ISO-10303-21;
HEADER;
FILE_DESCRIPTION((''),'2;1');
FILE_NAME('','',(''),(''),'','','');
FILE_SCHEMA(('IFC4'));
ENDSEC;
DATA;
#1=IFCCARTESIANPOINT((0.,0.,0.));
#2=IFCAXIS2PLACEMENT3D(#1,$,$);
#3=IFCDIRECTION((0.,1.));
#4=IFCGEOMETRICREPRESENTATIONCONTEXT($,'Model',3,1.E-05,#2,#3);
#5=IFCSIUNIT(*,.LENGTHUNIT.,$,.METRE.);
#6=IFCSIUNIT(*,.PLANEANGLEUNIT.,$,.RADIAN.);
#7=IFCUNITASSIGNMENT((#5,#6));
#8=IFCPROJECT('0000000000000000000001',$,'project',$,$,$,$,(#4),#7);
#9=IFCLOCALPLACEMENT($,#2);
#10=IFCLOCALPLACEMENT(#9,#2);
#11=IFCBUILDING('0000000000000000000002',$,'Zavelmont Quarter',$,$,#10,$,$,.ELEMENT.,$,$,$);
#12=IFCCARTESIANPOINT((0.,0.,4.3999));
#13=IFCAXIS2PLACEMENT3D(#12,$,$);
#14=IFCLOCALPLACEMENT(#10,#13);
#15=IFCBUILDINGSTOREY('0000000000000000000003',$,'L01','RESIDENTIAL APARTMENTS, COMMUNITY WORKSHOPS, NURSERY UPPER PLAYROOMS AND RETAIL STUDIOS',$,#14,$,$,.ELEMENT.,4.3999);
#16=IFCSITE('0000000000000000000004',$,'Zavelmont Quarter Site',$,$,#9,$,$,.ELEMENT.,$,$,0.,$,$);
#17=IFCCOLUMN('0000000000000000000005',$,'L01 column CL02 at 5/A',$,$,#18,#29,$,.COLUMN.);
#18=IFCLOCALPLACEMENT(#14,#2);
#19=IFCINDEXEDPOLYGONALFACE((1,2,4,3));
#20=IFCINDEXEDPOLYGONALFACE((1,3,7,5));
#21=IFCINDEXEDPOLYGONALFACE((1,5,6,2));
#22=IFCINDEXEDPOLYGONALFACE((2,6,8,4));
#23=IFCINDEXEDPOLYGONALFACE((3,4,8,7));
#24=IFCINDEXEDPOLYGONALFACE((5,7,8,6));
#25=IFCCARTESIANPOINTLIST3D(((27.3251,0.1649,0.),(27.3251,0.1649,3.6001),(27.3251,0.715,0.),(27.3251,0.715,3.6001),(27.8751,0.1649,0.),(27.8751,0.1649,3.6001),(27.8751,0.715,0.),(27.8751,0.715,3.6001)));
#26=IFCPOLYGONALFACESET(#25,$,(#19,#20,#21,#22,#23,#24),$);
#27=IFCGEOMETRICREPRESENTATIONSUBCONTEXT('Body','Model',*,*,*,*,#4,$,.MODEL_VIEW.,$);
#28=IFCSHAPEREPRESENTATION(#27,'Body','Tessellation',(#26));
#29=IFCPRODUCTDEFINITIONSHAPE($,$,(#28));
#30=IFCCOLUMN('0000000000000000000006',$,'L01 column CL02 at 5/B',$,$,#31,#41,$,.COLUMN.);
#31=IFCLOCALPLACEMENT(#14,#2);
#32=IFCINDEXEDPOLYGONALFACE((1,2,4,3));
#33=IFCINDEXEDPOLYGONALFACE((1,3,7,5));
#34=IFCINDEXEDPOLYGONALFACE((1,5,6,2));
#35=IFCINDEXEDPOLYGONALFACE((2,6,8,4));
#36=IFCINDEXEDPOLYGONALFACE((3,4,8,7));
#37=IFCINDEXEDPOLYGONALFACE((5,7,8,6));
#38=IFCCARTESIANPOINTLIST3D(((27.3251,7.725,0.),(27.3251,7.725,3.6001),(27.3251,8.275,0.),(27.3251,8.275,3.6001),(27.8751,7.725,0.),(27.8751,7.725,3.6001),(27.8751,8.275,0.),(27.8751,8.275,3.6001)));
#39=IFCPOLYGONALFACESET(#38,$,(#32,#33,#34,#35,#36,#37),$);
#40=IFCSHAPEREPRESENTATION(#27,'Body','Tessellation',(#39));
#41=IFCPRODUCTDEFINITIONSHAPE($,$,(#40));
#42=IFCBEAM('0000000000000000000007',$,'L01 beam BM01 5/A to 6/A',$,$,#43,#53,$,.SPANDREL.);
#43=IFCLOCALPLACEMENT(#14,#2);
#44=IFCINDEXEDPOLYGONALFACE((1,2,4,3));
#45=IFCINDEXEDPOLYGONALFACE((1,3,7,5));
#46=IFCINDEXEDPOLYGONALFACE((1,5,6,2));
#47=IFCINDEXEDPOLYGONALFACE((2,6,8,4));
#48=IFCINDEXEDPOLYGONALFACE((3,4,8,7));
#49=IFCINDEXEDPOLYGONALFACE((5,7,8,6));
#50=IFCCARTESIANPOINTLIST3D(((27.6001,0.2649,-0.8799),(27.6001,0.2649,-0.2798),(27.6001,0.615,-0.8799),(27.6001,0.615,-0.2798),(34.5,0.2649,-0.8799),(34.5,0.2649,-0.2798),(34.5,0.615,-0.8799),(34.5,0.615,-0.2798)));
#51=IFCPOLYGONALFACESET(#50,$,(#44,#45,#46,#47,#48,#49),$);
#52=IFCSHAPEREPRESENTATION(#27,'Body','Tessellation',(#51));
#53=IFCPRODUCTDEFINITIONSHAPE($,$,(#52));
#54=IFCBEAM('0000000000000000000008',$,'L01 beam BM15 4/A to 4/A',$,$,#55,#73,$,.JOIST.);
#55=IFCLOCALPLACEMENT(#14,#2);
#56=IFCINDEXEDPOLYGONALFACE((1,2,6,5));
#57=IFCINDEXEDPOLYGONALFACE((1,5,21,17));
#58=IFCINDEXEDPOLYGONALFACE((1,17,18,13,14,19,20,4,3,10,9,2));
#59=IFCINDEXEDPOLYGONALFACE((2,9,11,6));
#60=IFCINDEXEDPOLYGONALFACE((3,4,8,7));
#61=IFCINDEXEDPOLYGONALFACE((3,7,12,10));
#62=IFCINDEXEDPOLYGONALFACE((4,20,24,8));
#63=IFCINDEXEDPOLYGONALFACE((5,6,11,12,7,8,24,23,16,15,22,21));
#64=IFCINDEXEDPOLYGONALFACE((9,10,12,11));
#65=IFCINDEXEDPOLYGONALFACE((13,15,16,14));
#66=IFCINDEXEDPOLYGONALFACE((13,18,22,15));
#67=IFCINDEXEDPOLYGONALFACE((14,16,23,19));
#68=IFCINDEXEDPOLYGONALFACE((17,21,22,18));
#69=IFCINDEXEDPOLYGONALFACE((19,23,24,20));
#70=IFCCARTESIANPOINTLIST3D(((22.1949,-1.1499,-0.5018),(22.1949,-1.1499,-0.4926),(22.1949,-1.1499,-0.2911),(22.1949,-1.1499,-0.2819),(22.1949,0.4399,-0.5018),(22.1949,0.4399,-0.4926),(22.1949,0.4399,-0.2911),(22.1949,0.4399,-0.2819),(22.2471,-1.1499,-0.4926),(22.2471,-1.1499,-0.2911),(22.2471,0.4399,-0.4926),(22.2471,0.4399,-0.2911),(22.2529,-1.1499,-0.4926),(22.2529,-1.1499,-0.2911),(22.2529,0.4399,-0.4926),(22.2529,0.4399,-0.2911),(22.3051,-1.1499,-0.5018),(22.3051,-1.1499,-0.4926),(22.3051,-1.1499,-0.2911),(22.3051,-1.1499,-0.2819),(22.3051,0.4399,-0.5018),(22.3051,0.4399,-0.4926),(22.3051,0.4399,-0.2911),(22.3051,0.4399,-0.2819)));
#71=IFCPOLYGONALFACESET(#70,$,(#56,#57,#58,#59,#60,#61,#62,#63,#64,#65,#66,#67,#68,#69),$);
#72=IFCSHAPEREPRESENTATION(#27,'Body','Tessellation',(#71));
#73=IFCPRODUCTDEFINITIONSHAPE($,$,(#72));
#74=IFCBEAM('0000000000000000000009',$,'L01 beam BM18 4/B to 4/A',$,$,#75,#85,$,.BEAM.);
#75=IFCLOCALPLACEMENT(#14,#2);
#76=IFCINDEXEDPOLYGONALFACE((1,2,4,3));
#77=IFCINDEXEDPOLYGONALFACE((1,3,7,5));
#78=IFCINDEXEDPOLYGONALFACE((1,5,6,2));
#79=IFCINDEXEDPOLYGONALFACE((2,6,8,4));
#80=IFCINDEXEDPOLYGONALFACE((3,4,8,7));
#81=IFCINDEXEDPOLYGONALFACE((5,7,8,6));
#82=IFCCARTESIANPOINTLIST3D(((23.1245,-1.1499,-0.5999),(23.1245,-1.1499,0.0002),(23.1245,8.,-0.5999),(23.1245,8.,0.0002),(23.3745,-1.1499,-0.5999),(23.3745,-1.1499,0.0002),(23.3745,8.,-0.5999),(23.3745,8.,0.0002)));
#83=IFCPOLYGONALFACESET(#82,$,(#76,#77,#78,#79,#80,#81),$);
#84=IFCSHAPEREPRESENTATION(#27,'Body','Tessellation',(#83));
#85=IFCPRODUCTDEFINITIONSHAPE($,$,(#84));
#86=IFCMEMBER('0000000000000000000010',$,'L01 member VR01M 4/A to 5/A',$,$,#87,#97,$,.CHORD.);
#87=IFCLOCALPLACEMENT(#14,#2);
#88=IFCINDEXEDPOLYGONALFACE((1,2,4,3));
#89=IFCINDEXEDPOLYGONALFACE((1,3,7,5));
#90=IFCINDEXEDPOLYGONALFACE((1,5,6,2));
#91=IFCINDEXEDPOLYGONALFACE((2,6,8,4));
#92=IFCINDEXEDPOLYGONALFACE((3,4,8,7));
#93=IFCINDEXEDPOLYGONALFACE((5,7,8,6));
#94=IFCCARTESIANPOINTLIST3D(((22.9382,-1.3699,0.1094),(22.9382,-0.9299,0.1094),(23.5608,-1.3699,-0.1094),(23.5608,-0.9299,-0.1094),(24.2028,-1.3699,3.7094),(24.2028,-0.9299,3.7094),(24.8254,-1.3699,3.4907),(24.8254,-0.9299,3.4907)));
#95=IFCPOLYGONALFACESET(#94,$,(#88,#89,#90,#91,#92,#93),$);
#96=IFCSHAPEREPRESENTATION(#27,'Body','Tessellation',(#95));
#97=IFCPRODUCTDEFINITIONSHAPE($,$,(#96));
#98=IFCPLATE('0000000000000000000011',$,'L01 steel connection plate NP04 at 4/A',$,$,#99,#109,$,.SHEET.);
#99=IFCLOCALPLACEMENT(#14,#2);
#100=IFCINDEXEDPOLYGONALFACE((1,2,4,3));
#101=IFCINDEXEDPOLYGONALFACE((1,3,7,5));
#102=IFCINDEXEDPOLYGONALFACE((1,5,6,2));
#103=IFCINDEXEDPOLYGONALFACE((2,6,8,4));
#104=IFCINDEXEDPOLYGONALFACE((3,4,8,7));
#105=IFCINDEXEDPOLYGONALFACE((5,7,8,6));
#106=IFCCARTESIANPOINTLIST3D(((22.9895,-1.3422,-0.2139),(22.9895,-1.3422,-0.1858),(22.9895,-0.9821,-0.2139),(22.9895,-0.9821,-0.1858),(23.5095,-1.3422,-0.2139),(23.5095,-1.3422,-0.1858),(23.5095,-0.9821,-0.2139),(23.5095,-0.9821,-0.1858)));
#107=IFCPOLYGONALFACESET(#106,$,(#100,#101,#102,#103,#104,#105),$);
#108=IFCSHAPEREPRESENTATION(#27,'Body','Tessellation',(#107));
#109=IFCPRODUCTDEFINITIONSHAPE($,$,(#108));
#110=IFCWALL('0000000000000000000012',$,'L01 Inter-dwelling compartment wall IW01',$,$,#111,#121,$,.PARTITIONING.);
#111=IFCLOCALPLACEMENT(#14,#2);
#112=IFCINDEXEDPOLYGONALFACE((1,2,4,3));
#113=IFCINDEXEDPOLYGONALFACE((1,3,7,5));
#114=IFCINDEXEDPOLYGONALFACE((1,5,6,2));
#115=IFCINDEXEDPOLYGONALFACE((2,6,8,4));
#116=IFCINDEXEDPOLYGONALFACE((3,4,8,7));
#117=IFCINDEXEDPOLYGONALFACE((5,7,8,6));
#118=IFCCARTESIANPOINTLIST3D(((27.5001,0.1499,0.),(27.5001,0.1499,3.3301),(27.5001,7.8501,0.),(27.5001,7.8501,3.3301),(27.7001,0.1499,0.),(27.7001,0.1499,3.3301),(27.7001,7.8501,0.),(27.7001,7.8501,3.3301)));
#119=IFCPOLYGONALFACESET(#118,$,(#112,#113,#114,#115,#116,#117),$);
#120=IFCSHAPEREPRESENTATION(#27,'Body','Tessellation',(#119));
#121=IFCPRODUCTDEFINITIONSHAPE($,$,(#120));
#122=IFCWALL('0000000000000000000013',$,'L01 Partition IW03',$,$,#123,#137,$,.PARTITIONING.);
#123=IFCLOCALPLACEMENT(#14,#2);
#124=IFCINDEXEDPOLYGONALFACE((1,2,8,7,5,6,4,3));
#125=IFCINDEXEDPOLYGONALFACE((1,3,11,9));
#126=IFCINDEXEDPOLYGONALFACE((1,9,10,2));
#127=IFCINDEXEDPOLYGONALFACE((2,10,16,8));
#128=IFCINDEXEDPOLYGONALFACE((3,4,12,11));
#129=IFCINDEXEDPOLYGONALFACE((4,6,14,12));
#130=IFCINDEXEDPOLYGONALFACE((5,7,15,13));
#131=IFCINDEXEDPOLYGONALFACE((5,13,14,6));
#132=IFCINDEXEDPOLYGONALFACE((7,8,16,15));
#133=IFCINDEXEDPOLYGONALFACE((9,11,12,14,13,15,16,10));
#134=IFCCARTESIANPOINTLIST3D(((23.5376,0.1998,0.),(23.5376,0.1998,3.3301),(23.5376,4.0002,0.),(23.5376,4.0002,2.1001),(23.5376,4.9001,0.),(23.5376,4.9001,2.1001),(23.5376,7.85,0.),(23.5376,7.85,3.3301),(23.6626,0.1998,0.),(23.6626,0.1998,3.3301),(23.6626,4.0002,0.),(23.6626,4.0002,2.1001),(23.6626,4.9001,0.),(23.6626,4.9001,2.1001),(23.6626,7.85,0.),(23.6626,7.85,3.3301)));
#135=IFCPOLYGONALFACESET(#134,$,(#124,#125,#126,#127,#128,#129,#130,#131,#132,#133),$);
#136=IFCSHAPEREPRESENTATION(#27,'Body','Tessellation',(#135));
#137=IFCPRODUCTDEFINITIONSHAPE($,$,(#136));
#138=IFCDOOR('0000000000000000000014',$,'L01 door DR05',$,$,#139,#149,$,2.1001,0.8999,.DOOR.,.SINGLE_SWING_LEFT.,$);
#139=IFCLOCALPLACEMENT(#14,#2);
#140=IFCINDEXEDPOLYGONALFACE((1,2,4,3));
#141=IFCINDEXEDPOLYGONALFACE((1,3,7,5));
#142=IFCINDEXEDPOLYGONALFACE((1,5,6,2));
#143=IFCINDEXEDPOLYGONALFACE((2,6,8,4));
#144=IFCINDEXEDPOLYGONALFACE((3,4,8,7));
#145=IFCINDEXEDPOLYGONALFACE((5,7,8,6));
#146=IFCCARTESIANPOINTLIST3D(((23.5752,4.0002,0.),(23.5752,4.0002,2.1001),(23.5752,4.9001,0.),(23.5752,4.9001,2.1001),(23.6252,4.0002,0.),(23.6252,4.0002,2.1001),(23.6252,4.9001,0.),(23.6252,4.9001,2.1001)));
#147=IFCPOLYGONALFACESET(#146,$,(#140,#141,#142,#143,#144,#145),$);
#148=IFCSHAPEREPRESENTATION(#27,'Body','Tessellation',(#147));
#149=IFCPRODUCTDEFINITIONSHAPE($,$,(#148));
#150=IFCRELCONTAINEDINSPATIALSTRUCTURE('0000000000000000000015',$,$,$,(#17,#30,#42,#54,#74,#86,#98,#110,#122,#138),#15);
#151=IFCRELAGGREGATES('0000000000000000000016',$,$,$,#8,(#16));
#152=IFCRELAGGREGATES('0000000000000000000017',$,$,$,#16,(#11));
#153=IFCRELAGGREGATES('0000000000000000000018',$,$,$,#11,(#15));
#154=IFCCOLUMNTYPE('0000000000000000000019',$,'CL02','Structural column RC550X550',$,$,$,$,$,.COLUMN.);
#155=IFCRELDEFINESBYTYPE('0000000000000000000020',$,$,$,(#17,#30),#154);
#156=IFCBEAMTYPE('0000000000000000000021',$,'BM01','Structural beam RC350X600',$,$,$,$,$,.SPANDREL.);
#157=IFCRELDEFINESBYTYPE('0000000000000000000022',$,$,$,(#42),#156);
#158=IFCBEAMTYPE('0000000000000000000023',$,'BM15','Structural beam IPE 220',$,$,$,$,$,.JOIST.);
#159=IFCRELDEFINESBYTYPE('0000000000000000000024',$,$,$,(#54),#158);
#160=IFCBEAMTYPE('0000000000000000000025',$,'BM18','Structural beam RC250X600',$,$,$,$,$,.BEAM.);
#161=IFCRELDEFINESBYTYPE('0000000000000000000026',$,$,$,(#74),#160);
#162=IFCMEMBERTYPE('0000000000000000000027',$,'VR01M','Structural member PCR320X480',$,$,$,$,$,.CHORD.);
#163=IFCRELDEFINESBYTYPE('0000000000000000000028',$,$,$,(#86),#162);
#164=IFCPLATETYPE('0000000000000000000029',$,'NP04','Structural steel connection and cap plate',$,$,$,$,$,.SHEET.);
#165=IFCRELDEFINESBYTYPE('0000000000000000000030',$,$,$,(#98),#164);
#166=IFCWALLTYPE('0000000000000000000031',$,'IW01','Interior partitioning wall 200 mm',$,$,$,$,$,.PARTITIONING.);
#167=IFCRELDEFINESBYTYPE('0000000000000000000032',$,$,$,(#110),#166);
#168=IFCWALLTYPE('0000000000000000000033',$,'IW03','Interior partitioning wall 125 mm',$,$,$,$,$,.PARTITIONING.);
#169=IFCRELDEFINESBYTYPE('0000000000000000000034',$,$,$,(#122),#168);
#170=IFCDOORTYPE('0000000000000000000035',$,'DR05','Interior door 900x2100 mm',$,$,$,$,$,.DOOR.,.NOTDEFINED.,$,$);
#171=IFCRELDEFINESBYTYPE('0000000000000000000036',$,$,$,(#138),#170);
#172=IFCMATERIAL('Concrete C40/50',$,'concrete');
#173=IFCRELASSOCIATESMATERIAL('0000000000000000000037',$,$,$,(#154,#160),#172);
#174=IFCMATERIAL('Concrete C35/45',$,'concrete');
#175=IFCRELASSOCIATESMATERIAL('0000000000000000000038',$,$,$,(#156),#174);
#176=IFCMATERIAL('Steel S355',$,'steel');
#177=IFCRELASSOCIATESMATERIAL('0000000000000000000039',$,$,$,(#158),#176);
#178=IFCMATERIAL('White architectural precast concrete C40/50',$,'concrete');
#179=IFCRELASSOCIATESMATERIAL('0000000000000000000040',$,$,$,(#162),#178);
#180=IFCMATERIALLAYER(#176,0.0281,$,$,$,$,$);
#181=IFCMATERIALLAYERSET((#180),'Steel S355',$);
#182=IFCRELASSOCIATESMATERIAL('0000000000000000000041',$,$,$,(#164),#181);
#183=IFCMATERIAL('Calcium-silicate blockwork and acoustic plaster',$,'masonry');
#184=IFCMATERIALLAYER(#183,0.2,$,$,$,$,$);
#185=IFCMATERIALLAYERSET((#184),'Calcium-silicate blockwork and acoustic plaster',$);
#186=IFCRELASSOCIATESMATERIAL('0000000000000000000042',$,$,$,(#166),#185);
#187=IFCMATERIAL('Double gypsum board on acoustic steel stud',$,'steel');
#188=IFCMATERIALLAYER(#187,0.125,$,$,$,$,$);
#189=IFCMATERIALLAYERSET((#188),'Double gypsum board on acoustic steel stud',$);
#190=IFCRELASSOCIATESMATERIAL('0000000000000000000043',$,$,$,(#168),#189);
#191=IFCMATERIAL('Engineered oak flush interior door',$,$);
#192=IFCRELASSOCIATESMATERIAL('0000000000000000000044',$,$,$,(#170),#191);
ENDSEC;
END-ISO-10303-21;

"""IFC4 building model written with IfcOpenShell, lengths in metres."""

from ifc_helpers import new_model, si_unit, direction, frame, frame_2d, origin, origin_2d, place, context, subcontext, project, spatial, rectangle, i_section, extrude, material, layer, layer_set, material_profile, profile_set, type_object, element, fill, save


model = new_model("IFC4")

# Units and contexts
model_context = context("Model", 3, precision=1e-05, world=origin(), true_north=direction((0.0, 1.0)))
body_context = subcontext(model_context, "Body", "Model", "MODEL_VIEW")
ifc_project = project(units=[si_unit("LENGTHUNIT", "METRE"), si_unit("PLANEANGLEUNIT", "RADIAN")], contexts=[model_context])

# Site, building, storey
site_placement = place(None, origin())
site = spatial("IfcSite", under=ifc_project, at=site_placement, Name="Zavelmont Quarter Site", CompositionType="ELEMENT", RefElevation=0.0)
building_placement = place(site_placement, origin())
building = spatial("IfcBuilding", under=site, at=building_placement, Name="Zavelmont Quarter", CompositionType="ELEMENT")
storey_placement = place(building_placement, frame((0.0, 0.0, 4.3999)))
storey = spatial("IfcBuildingStorey", under=building, at=storey_placement, Name="L01", Description="RESIDENTIAL APARTMENTS, COMMUNITY WORKSHOPS, NURSERY UPPER PLAYROOMS AND RETAIL STUDIOS", CompositionType="ELEMENT", Elevation=4.3999)

# Columns
ifc_material_1 = material(Name="Concrete C40/50", Category="concrete")
ifc_material_profile_1 = material_profile(ifc_material_1, rectangle(XDim=0.55, YDim=0.55, at=origin_2d()), Name="RC550X550")
ifc_profile_set_1 = profile_set([ifc_material_profile_1], Name="Concrete C40/50")
column_type = type_object("IfcColumnType", Name="CL02", Description="Structural column RC550X550", PredefinedType="COLUMN", material=ifc_profile_set_1)
for number, where, z_axis, x_axis, name in (
    (1, (27.6001, 0.4399, 0.0), (0.0, 0.0, 1.0), (1.0, 0.0, 0.0), "L01 column CL02 at 5/A"),
    (2, (27.6001, 8.0, 0.0), (0.0, 0.0, 1.0), (1.0, 0.0, 0.0), "L01 column CL02 at 5/B"),
):
    element("IfcColumn", number, at=place(storey_placement, frame(where, z_axis=z_axis, x_axis=x_axis)), inside=storey, type_object=column_type, Name=name, PredefinedType="COLUMN", context=body_context, shape_type="SweptSolid", body=[
        extrude(rectangle(XDim=0.55, YDim=0.55, at=origin_2d()), origin(), (0.0, 0.0, 1.0), 3.6001),
    ])

# Beams
ifc_material_2 = material(Name="Concrete C35/45", Category="concrete")
ifc_material_profile_2 = material_profile(ifc_material_2, rectangle(XDim=0.3501, YDim=0.6001, at=origin_2d()), Name="RC350X600")
ifc_profile_set_2 = profile_set([ifc_material_profile_2], Name="Concrete C35/45")
beam_type_1 = type_object("IfcBeamType", Name="BM01", Description="Structural beam RC350X600", PredefinedType="SPANDREL", material=ifc_profile_set_2)
beam_1_placement = place(storey_placement, frame((27.6001, 0.4399, -0.5798), z_axis=(1.0, 0.0, 0.0), x_axis=(0.0, 1.0, 0.0)))
element("IfcBeam", 3, at=beam_1_placement, inside=storey, type_object=beam_type_1, Name="L01 beam BM01 5/A to 6/A", PredefinedType="SPANDREL", context=body_context, shape_type="SweptSolid", body=[
    extrude(rectangle(XDim=0.3501, YDim=0.6001, at=origin_2d()), origin(), (0.0, 0.0, 1.0), 6.8999),
])
ifc_material_3 = material(Name="Steel S355", Category="steel")
ifc_material_profile_3 = material_profile(ifc_material_3, i_section(OverallWidth=0.1101, OverallDepth=0.22, WebThickness=0.0059, FlangeThickness=0.0093, at=origin_2d()), Name="IPE 220")
ifc_profile_set_3 = profile_set([ifc_material_profile_3], Name="Steel S355")
beam_type_2 = type_object("IfcBeamType", Name="BM15", Description="Structural beam IPE 220", PredefinedType="JOIST", material=ifc_profile_set_3)
beam_2_placement = place(storey_placement, frame((22.25, 0.4399, -0.3918), z_axis=(0.0, -1.0, 0.0), x_axis=(1.0, 0.0, 0.0)))
element("IfcBeam", 4, at=beam_2_placement, inside=storey, type_object=beam_type_2, Name="L01 beam BM15 4/A to 4/A", PredefinedType="JOIST", context=body_context, shape_type="SweptSolid", body=[
    extrude(i_section(OverallWidth=0.1101, OverallDepth=0.22, WebThickness=0.0059, FlangeThickness=0.0093, at=origin_2d()), origin(), (0.0, 0.0, 1.0), 1.5898),
])
ifc_material_profile_4 = material_profile(ifc_material_1, rectangle(XDim=0.25, YDim=0.6001, at=origin_2d()), Name="RC250X600")
ifc_profile_set_4 = profile_set([ifc_material_profile_4], Name="Concrete C40/50")
beam_type_3 = type_object("IfcBeamType", Name="BM18", Description="Structural beam RC250X600", PredefinedType="BEAM", material=ifc_profile_set_4)
beam_3_placement = place(storey_placement, frame((23.2495, 8.0, -0.2998), z_axis=(0.0, -1.0, 0.0), x_axis=(1.0, 0.0, 0.0)))
element("IfcBeam", 5, at=beam_3_placement, inside=storey, type_object=beam_type_3, Name="L01 beam BM18 4/B to 4/A", PredefinedType="BEAM", context=body_context, shape_type="SweptSolid", body=[
    extrude(rectangle(XDim=0.25, YDim=0.6001, at=origin_2d()), origin(), (0.0, 0.0, 1.0), 9.1499),
])

# Member
ifc_material_4 = material(Name="White architectural precast concrete C40/50", Category="concrete")
ifc_material_profile_5 = material_profile(ifc_material_4, rectangle(XDim=0.4399, YDim=0.6599, at=origin_2d()), Name="PCR320X480")
ifc_profile_set_5 = profile_set([ifc_material_profile_5], Name="White architectural precast concrete C40/50")
member_type = type_object("IfcMemberType", Name="VR01M", Description="Structural member PCR320X480", PredefinedType="CHORD", material=ifc_profile_set_5)
member_placement = place(storey_placement, frame((23.2495, -1.1499, 0.0), z_axis=(0.331428, 0.0, 0.943481), x_axis=(0.0, 1.0, 0.0)))
element("IfcMember", 6, at=member_placement, inside=storey, type_object=member_type, Name="L01 member VR01M 4/A to 5/A", PredefinedType="CHORD", context=body_context, shape_type="SweptSolid", body=[
    extrude(rectangle(XDim=0.4399, YDim=0.6599, at=origin_2d()), origin(), (0.0, 0.0, 1.0), 3.8157),
])

# Plate
ifc_layer_1 = layer(ifc_material_3, 0.0281)
ifc_layer_set_1 = layer_set([ifc_layer_1], Name="Steel S355")
plate_type = type_object("IfcPlateType", Name="NP04", Description="Structural steel connection and cap plate", PredefinedType="SHEET", material=ifc_layer_set_1)
plate_placement = place(storey_placement, frame((23.2495, -1.1621, -0.2139), z_axis=(0.0, 0.0, 1.0), x_axis=(1.0, 0.0, 0.0)))
element("IfcPlate", 7, at=plate_placement, inside=storey, type_object=plate_type, Name="L01 steel connection plate NP04 at 4/A", PredefinedType="SHEET", context=body_context, shape_type="SweptSolid", body=[
    extrude(rectangle(XDim=0.52, YDim=0.3601, at=origin_2d()), origin(), (0.0, 0.0, 1.0), 0.0281),
])

# Wall
ifc_material_5 = material(Name="Calcium-silicate blockwork and acoustic plaster", Category="masonry")
ifc_layer_2 = layer(ifc_material_5, 0.2)
ifc_layer_set_2 = layer_set([ifc_layer_2], Name="Calcium-silicate blockwork and acoustic plaster")
wall_type_1 = type_object("IfcWallType", Name="IW01", Description="Interior partitioning wall 200 mm", PredefinedType="PARTITIONING", material=ifc_layer_set_2)
wall_1_placement = place(storey_placement, frame((27.6001, 7.8501, 0.0), z_axis=(0.0, 0.0, 1.0), x_axis=(0.0, -1.0, 0.0)))
element("IfcWall", 8, at=wall_1_placement, inside=storey, type_object=wall_type_1, Name="L01 Inter-dwelling compartment wall IW01", PredefinedType="PARTITIONING", context=body_context, shape_type="SweptSolid", body=[
    extrude(rectangle(XDim=7.7002, YDim=0.2, at=frame_2d((3.8501, 0.0))), origin(), (0.0, 0.0, 1.0), 3.3301),
])

# Wall, opening, door
ifc_material_6 = material(Name="Double gypsum board on acoustic steel stud", Category="steel")
ifc_layer_3 = layer(ifc_material_6, 0.125)
ifc_layer_set_3 = layer_set([ifc_layer_3], Name="Double gypsum board on acoustic steel stud")
wall_type_2 = type_object("IfcWallType", Name="IW03", Description="Interior partitioning wall 125 mm", PredefinedType="PARTITIONING", material=ifc_layer_set_3)
wall_2_placement = place(storey_placement, frame((23.6001, 7.8501, 0.0), z_axis=(0.0, 0.0, 1.0), x_axis=(0.0, -1.0, 0.0)))
wall_2 = element("IfcWall", 9, at=wall_2_placement, inside=storey, type_object=wall_type_2, Name="L01 Partition IW03", PredefinedType="PARTITIONING", context=body_context, shape_type="SweptSolid", body=[
    extrude(rectangle(XDim=7.6501, YDim=0.125, at=frame_2d((3.8252, 0.0))), origin(), (0.0, 0.0, 1.0), 3.3301),
])
opening_1_placement = place(wall_2_placement, frame((2.95, 0.0, 0.0)))
opening_1 = element("IfcOpeningElement", 10, at=opening_1_placement, cuts=wall_2, PredefinedType="OPENING", context=body_context, shape_type="SweptSolid", body=[
    extrude(rectangle(XDim=0.8999, YDim=2.1001, at=frame_2d((0.45, 1.05))), frame((0.0, 0.0745, 0.0), z_axis=(0.0, -1.0, 0.0), x_axis=(1.0, 0.0, 0.0)), (0.0, 0.0, 1.0), 0.1489),
])
ifc_material_7 = material(Name="Engineered oak flush interior door")
door_type_1 = type_object("IfcDoorType", Name="DR05", Description="Interior door 900x2100 mm", OperationType="NOTDEFINED", PredefinedType="DOOR", material=ifc_material_7)
door_1_placement = place(opening_1_placement, frame((0.8999, 0.0, 0.0), z_axis=(0.0, 0.0, 1.0), x_axis=(-1.0, 0.0, 0.0)))
door_1 = element("IfcDoor", 11, at=door_1_placement, inside=storey, type_object=door_type_1, Name="L01 door DR05", OperationType="SINGLE_SWING_LEFT", OverallHeight=2.1001, OverallWidth=0.8999, PredefinedType="DOOR", context=body_context, shape_type="SweptSolid", body=[
    extrude(rectangle(XDim=0.8999, YDim=2.1001, at=frame_2d((0.45, 1.05))), frame((0.0, 0.0249, 0.0), z_axis=(0.0, -1.0, 0.0), x_axis=(1.0, 0.0, 0.0)), (0.0, 0.0, 1.0), 0.05),
])
fill(opening_1, door_1)

save(model, "model.ifc")
